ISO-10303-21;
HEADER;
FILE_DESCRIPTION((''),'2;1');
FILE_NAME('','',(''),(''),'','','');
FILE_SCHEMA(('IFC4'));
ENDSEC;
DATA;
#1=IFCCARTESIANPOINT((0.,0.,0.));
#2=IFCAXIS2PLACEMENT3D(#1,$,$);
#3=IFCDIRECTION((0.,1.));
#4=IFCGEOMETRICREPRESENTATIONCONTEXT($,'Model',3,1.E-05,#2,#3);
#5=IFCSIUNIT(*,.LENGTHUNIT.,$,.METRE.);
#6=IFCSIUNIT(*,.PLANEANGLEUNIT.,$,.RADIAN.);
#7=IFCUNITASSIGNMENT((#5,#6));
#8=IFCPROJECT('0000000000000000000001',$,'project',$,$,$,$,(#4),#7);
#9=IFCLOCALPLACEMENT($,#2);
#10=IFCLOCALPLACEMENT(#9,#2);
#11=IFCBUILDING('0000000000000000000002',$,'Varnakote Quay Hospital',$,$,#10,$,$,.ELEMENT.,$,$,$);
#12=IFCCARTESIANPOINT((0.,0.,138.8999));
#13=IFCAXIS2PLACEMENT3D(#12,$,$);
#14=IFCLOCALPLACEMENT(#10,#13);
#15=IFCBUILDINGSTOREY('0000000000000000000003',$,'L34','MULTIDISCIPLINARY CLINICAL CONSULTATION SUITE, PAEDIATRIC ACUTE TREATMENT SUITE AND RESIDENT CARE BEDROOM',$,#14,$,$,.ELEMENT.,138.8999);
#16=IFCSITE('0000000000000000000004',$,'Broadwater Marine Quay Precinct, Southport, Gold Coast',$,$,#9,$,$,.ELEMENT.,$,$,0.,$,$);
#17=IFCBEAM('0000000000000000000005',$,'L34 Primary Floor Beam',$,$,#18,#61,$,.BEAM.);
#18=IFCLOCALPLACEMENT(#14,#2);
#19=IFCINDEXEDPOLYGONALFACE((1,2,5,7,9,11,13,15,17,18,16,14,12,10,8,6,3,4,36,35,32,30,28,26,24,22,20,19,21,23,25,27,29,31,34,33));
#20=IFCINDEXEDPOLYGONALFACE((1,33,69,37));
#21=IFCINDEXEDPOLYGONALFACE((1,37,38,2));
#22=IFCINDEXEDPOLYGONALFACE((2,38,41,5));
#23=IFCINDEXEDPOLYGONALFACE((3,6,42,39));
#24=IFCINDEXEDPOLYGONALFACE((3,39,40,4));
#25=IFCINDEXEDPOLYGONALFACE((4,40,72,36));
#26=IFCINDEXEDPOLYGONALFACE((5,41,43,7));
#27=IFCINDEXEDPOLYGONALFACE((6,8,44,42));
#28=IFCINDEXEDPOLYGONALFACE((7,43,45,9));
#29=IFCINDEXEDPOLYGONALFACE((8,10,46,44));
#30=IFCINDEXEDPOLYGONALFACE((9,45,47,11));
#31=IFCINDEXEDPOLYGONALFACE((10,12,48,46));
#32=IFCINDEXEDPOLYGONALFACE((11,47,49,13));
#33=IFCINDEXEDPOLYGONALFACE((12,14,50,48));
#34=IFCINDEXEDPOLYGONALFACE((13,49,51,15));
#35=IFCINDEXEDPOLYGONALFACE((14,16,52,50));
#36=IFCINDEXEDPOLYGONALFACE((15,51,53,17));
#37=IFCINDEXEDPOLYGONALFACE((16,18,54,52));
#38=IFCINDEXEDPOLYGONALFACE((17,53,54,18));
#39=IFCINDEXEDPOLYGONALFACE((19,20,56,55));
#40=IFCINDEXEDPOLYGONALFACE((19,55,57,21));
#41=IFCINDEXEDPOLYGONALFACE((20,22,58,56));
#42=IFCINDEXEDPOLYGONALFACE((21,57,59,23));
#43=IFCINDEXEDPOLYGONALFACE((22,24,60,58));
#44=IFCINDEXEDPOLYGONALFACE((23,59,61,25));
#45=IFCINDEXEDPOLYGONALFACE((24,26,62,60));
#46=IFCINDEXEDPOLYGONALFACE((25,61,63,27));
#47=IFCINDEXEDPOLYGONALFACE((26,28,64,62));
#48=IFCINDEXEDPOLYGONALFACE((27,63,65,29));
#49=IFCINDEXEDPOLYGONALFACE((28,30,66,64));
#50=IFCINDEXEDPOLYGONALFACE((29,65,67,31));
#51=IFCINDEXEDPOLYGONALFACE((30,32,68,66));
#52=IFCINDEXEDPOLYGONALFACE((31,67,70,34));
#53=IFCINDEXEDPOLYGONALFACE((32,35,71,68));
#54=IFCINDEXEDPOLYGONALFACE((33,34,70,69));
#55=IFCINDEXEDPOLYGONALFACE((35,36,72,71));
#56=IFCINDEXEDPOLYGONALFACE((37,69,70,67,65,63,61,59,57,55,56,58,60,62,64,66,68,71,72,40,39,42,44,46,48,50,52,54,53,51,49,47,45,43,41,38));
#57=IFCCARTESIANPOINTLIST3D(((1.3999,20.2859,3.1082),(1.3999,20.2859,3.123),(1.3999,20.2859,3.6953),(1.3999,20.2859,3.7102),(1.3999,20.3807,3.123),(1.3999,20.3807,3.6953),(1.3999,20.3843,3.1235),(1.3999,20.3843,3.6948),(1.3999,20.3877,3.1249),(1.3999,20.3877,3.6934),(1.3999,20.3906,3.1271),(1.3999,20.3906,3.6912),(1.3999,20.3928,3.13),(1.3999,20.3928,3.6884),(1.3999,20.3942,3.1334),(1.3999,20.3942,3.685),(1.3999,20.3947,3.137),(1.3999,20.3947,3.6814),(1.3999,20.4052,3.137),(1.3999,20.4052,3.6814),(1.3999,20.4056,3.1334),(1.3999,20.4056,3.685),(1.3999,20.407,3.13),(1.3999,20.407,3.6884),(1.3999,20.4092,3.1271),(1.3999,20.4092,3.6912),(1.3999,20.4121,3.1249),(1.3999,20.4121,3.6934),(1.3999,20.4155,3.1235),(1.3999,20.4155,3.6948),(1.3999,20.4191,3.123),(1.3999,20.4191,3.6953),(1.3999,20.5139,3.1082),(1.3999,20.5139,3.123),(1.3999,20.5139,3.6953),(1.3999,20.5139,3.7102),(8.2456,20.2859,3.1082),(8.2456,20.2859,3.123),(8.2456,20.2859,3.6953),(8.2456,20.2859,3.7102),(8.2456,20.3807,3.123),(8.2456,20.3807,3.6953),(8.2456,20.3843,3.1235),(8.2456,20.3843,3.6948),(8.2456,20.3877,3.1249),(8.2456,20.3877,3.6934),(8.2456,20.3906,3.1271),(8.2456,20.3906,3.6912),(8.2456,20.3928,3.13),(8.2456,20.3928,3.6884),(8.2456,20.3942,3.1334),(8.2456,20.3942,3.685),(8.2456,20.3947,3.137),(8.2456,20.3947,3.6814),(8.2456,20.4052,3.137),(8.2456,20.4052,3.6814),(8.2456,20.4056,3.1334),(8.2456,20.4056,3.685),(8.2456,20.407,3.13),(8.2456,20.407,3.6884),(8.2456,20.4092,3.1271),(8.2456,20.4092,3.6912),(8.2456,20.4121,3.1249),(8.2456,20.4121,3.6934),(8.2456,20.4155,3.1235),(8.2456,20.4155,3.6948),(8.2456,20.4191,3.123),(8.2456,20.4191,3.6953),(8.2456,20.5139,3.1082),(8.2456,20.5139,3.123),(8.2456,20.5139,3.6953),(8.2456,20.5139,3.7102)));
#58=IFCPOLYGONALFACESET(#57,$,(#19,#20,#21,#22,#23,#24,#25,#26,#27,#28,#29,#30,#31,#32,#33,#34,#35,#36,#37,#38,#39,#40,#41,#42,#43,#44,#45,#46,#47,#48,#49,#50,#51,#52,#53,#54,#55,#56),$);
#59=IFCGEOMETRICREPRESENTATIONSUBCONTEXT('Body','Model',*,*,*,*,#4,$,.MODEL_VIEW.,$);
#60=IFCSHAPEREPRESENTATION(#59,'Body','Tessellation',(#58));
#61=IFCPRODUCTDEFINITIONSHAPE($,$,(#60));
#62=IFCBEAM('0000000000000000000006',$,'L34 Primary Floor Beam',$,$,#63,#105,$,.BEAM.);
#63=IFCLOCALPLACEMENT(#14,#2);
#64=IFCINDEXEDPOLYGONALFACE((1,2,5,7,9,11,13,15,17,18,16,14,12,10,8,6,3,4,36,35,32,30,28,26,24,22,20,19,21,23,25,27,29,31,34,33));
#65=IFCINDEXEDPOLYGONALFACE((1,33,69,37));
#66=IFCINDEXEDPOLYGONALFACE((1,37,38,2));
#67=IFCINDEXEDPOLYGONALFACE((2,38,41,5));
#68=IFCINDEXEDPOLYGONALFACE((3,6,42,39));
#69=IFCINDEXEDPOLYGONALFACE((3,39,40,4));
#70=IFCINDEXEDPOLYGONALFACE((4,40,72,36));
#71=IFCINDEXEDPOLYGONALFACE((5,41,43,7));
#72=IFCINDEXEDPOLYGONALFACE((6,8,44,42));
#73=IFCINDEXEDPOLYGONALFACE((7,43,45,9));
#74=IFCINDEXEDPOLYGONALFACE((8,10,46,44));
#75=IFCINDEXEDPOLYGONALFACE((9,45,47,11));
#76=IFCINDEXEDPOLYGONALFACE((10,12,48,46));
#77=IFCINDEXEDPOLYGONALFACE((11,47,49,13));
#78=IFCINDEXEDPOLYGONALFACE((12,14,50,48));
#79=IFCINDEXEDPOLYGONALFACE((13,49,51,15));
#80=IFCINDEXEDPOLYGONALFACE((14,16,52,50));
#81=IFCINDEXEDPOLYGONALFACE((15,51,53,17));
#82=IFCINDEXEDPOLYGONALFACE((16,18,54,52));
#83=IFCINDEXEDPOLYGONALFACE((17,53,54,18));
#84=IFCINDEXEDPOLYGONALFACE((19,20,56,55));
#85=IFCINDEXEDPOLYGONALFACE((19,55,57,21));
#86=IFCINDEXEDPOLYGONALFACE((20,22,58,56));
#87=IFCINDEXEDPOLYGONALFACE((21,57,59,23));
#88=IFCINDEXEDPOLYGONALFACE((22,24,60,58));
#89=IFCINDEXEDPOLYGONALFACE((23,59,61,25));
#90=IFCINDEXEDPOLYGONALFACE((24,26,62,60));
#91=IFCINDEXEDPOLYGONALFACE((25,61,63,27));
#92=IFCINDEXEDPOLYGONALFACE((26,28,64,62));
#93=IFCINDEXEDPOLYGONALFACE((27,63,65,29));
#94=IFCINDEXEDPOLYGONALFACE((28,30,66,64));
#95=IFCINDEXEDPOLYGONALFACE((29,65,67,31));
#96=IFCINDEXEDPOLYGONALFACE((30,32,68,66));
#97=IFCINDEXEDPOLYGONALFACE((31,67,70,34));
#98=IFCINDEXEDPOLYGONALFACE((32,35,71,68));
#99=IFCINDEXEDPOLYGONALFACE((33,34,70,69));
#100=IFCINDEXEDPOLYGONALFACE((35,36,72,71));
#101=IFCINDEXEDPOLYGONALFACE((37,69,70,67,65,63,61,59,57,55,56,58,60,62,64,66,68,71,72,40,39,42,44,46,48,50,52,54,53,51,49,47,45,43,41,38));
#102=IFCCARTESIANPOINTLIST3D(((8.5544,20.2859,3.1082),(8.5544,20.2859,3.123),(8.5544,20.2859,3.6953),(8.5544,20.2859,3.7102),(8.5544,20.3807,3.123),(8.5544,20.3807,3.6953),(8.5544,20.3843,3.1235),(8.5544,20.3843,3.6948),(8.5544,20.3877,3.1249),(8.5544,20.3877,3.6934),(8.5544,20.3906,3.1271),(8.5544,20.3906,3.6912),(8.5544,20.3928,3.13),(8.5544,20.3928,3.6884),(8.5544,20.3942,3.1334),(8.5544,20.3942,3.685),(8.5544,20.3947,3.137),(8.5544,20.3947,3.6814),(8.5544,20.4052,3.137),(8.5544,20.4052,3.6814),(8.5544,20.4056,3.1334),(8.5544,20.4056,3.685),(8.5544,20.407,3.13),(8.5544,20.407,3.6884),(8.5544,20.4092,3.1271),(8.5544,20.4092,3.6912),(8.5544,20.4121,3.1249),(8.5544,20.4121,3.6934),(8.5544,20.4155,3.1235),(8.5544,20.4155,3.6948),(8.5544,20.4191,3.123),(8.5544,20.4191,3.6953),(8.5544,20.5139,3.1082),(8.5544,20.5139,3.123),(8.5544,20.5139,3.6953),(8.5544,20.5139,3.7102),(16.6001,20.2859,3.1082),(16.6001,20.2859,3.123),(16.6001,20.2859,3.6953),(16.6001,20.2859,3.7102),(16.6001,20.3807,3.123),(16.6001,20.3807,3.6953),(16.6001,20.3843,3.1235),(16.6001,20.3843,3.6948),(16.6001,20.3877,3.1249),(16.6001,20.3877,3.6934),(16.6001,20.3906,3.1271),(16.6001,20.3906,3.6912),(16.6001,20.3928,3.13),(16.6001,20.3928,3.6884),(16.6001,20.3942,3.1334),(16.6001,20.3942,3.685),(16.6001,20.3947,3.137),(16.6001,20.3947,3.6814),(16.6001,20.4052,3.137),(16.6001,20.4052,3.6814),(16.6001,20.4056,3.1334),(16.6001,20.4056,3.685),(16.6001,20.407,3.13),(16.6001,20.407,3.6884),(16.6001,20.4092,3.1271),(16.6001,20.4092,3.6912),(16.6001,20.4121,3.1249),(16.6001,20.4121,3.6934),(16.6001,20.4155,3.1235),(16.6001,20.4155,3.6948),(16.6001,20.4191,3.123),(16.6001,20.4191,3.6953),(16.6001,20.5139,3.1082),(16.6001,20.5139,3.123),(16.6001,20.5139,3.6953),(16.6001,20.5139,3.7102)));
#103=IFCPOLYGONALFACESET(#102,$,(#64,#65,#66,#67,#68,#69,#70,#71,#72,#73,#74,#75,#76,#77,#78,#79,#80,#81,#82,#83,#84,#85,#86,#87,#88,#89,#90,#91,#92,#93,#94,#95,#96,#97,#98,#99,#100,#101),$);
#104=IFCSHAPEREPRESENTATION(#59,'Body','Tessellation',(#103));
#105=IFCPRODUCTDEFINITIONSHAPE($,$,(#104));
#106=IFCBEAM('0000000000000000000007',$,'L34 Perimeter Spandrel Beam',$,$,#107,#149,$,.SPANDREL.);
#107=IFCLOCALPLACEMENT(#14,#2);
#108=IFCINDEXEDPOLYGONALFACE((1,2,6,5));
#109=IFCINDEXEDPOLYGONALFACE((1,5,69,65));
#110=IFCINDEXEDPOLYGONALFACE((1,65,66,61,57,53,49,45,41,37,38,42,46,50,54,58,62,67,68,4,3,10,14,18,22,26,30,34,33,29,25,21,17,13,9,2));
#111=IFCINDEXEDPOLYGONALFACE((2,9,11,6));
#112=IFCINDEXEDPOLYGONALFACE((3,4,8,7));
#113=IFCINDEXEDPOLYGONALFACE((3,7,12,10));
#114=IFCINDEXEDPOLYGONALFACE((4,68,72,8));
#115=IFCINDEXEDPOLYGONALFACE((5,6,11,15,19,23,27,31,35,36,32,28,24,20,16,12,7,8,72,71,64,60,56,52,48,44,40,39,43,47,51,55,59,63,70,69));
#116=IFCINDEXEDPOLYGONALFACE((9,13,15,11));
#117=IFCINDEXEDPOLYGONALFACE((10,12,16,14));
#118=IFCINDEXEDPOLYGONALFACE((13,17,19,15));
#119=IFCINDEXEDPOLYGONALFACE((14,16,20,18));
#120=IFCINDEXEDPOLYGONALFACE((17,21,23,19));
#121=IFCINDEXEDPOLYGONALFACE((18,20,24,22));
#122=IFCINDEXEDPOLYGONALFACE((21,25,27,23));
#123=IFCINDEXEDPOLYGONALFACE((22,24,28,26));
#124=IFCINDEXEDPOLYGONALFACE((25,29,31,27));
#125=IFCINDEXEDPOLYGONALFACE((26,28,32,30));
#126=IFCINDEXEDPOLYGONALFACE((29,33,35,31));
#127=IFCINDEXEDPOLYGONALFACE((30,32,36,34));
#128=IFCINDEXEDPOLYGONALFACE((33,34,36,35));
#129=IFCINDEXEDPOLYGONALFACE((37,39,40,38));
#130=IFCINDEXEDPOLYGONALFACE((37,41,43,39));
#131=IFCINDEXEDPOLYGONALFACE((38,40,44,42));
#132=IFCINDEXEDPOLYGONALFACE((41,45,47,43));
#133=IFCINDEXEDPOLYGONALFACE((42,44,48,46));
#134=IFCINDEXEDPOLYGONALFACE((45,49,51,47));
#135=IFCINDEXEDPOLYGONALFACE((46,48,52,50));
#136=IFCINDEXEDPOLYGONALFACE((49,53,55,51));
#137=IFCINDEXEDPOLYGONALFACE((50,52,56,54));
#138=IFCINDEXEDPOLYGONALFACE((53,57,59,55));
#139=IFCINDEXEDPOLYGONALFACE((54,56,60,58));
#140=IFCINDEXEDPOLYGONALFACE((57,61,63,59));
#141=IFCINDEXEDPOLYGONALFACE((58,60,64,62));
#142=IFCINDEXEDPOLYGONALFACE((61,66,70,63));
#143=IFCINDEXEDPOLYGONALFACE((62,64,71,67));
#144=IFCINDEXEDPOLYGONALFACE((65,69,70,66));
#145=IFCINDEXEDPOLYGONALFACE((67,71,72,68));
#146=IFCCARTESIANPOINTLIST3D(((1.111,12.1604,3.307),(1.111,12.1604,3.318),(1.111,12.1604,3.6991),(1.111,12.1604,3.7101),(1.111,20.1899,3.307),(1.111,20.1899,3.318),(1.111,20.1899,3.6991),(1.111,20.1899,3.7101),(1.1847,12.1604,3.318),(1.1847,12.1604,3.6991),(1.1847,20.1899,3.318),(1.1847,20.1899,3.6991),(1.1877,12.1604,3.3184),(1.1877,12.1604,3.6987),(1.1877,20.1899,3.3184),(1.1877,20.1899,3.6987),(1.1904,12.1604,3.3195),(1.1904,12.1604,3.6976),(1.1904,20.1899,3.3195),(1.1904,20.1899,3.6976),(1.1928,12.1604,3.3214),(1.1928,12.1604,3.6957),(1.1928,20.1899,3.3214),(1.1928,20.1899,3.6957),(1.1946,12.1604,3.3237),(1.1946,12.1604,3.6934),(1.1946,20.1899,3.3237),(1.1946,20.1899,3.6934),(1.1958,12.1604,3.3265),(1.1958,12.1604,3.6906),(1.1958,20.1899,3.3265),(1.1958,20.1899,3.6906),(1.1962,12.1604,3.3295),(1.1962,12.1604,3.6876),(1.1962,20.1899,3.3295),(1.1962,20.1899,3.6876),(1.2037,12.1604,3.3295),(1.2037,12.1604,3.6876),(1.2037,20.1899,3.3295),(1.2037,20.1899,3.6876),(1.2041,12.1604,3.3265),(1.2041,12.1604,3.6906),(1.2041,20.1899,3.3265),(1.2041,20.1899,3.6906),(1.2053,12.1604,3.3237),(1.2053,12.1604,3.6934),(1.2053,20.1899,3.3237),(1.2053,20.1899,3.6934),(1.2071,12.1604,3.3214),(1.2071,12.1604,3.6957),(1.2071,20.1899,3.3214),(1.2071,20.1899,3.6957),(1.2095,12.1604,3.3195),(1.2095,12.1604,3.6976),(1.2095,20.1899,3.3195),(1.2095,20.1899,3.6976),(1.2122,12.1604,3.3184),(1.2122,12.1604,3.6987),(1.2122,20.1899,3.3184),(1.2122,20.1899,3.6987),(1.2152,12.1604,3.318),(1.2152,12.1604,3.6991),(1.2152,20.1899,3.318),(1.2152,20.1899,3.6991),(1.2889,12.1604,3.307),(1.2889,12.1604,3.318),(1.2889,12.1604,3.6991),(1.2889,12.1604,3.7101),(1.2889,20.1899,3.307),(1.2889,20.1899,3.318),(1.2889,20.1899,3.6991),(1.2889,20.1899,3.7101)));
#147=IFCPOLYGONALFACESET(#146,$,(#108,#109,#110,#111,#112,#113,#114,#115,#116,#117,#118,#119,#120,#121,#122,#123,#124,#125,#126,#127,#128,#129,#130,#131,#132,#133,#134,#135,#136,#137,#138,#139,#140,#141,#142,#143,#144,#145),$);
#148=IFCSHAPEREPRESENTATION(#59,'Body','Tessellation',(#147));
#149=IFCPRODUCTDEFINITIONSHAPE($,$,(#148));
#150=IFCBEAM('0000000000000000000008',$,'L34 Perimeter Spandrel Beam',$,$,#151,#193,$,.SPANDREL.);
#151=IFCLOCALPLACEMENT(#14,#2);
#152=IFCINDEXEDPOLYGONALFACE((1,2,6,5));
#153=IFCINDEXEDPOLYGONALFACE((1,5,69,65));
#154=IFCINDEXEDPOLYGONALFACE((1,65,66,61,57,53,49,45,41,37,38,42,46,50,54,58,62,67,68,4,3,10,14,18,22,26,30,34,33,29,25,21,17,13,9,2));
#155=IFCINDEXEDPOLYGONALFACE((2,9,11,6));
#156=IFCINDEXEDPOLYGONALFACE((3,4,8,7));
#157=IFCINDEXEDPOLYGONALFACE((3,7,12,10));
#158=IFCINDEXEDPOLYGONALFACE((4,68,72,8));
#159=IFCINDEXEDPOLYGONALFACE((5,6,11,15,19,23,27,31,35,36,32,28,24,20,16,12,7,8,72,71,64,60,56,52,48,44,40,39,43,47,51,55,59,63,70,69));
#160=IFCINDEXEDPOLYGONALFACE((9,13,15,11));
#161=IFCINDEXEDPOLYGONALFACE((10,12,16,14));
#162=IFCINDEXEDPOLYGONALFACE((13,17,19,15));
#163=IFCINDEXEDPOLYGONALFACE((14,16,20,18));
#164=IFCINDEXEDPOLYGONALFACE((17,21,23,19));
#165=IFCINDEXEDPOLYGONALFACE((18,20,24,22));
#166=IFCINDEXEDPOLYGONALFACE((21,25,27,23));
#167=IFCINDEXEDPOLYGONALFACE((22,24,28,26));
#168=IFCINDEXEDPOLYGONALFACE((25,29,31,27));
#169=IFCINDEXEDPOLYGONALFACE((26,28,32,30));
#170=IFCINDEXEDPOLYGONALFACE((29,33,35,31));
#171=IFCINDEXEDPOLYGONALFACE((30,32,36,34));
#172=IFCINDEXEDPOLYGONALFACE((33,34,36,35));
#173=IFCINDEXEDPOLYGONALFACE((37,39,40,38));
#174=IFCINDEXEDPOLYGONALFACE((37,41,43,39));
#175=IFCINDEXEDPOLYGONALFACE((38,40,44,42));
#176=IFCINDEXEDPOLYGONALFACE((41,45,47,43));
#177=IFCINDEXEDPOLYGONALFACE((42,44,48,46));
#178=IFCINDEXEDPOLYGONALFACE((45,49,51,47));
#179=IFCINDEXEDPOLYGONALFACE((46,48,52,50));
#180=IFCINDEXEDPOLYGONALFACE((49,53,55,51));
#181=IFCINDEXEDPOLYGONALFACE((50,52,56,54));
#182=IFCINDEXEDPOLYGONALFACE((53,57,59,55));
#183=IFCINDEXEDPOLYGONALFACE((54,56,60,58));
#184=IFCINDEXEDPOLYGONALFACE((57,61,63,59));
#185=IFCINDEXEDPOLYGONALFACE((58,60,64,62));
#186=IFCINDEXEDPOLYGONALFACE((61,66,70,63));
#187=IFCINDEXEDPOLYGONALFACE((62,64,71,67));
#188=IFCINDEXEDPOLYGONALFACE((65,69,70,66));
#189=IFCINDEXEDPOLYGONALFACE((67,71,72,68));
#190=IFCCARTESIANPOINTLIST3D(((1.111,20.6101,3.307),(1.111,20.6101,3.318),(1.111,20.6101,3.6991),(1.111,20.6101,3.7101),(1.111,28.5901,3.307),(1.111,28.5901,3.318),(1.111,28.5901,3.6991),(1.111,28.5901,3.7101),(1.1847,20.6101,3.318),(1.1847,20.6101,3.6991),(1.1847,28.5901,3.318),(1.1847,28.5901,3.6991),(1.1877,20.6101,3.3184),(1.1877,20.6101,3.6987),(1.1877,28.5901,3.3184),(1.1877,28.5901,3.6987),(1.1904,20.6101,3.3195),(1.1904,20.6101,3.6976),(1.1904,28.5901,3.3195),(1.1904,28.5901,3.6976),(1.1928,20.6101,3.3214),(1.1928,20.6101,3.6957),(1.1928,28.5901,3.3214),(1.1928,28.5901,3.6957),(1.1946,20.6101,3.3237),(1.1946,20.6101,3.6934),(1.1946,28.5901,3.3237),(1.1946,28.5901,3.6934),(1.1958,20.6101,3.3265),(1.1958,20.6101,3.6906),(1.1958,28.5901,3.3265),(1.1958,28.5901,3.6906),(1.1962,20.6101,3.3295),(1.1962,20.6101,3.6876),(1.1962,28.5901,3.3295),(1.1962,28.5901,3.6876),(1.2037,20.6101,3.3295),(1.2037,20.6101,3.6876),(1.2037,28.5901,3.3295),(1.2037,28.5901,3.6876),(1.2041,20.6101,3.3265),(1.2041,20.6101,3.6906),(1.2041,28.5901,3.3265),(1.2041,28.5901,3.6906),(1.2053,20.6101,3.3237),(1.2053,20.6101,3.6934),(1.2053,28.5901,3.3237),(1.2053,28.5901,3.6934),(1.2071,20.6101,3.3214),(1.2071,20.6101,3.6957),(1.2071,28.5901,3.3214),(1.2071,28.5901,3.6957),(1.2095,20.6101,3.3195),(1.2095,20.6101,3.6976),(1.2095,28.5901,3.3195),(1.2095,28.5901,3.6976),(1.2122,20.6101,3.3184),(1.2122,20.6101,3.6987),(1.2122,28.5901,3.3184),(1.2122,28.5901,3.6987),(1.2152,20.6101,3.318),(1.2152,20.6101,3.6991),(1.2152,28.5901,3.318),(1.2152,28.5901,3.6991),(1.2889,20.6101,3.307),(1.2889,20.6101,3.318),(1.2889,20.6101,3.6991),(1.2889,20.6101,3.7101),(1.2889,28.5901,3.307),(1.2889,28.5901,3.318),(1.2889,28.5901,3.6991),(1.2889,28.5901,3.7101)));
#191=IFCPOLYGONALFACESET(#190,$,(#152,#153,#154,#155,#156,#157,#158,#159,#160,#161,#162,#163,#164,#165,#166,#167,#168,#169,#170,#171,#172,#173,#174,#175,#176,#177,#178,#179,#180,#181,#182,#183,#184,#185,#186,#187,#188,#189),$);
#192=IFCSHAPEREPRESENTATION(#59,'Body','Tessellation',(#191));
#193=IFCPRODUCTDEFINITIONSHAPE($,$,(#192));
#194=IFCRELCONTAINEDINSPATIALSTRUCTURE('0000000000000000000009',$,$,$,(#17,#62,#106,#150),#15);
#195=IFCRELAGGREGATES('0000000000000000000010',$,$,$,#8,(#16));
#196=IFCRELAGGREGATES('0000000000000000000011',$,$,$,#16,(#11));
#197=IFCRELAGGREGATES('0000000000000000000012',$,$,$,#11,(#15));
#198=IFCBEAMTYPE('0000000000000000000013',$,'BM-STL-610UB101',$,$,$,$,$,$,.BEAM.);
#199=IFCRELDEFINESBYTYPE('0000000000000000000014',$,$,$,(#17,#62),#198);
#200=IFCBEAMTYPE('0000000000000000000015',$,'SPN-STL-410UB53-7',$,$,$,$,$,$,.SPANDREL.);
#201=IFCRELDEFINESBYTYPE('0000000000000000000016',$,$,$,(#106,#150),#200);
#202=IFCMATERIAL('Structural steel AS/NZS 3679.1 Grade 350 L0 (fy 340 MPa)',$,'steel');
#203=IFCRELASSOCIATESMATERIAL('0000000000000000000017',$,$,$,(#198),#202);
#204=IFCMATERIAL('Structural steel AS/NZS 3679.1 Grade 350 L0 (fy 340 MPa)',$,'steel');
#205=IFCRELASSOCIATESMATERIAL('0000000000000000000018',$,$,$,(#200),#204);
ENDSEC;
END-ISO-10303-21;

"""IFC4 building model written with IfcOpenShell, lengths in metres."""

from ifc_helpers import new_model, si_unit, direction, frame, origin, origin_2d, place, context, subcontext, project, spatial, i_section, extrude, material, material_profile, profile_set, type_object, element, save


model = new_model("IFC4")

# Units and contexts
model_context = context("Model", 3, precision=1e-05, world=origin(), true_north=direction((0.0, 1.0)))
body_context = subcontext(model_context, "Body", "Model", "MODEL_VIEW")
ifc_project = project(units=[si_unit("LENGTHUNIT", "METRE"), si_unit("PLANEANGLEUNIT", "RADIAN")], contexts=[model_context])

# Site, building, storey
site_placement = place(None, origin())
site = spatial("IfcSite", under=ifc_project, at=site_placement, Name="Broadwater Marine Quay Precinct, Southport, Gold Coast", CompositionType="ELEMENT", RefElevation=0.0)
building_placement = place(site_placement, origin())
building = spatial("IfcBuilding", under=site, at=building_placement, Name="Varnakote Quay Hospital", CompositionType="ELEMENT")
storey_placement = place(building_placement, frame((0.0, 0.0, 138.8999)))
storey = spatial("IfcBuildingStorey", under=building, at=storey_placement, Name="L34", Description="MULTIDISCIPLINARY CLINICAL CONSULTATION SUITE, PAEDIATRIC ACUTE TREATMENT SUITE AND RESIDENT CARE BEDROOM", CompositionType="ELEMENT", Elevation=138.8999)

# Beams
ifc_material_1 = material(Name="Structural steel AS/NZS 3679.1 Grade 350 L0 (fy 340 MPa)", Category="steel")
ifc_material_profile_1 = material_profile(ifc_material_1, i_section(OverallWidth=0.228, OverallDepth=0.6021, WebThickness=0.0105, FlangeThickness=0.0149, FilletRadius=0.0139, at=origin_2d()), Name="610UB101")
ifc_profile_set_1 = profile_set([ifc_material_profile_1], Name="Structural steel AS/NZS 3679.1 Grade 350 L0 (fy 340 MPa)")
beam_type_1 = type_object("IfcBeamType", Name="BM-STL-610UB101", PredefinedType="BEAM", material=ifc_profile_set_1)
beam_1_placement = place(storey_placement, frame((1.3999, 20.3999, 3.4092), z_axis=(1.0, 0.0, 0.0), x_axis=(0.0, 1.0, 0.0)))
element("IfcBeam", 1, at=beam_1_placement, inside=storey, type_object=beam_type_1, Name="L34 Primary Floor Beam", PredefinedType="BEAM", context=body_context, shape_type="SweptSolid", body=[
    extrude(i_section(OverallWidth=0.228, OverallDepth=0.6021, WebThickness=0.0105, FlangeThickness=0.0149, FilletRadius=0.0139, at=origin_2d()), origin(), (0.0, 0.0, 1.0), 6.8457),
])
beam_2_placement = place(storey_placement, frame((8.5544, 20.3999, 3.4092), z_axis=(1.0, 0.0, 0.0), x_axis=(0.0, 1.0, 0.0)))
element("IfcBeam", 2, at=beam_2_placement, inside=storey, type_object=beam_type_1, Name="L34 Primary Floor Beam", PredefinedType="BEAM", context=body_context, shape_type="SweptSolid", body=[
    extrude(i_section(OverallWidth=0.228, OverallDepth=0.6021, WebThickness=0.0105, FlangeThickness=0.0149, FilletRadius=0.0139, at=origin_2d()), origin(), (0.0, 0.0, 1.0), 8.0457),
])
ifc_material_2 = material(Name="Structural steel AS/NZS 3679.1 Grade 350 L0 (fy 340 MPa)", Category="steel")
ifc_material_profile_2 = material_profile(ifc_material_2, i_section(OverallWidth=0.178, OverallDepth=0.4031, WebThickness=0.0076, FlangeThickness=0.011, FilletRadius=0.0115, at=origin_2d()), Name="410UB53.7")
ifc_profile_set_2 = profile_set([ifc_material_profile_2], Name="Structural steel AS/NZS 3679.1 Grade 350 L0 (fy 340 MPa)")
beam_type_2 = type_object("IfcBeamType", Name="SPN-STL-410UB53-7", PredefinedType="SPANDREL", material=ifc_profile_set_2)
beam_3_placement = place(storey_placement, frame((1.2, 12.1604, 3.5085), z_axis=(0.0, 1.0, 0.0), x_axis=(-1.0, 0.0, 0.0)))
element("IfcBeam", 3, at=beam_3_placement, inside=storey, type_object=beam_type_2, Name="L34 Perimeter Spandrel Beam", PredefinedType="SPANDREL", context=body_context, shape_type="SweptSolid", body=[
    extrude(i_section(OverallWidth=0.178, OverallDepth=0.4031, WebThickness=0.0076, FlangeThickness=0.011, FilletRadius=0.0115, at=origin_2d()), origin(), (0.0, 0.0, 1.0), 8.0295),
])
beam_4_placement = place(storey_placement, frame((1.2, 20.6101, 3.5085), z_axis=(0.0, 1.0, 0.0), x_axis=(-1.0, 0.0, 0.0)))
element("IfcBeam", 4, at=beam_4_placement, inside=storey, type_object=beam_type_2, Name="L34 Perimeter Spandrel Beam", PredefinedType="SPANDREL", context=body_context, shape_type="SweptSolid", body=[
    extrude(i_section(OverallWidth=0.178, OverallDepth=0.4031, WebThickness=0.0076, FlangeThickness=0.011, FilletRadius=0.0115, at=origin_2d()), origin(), (0.0, 0.0, 1.0), 7.98),
])

save(model, "model.ifc")
